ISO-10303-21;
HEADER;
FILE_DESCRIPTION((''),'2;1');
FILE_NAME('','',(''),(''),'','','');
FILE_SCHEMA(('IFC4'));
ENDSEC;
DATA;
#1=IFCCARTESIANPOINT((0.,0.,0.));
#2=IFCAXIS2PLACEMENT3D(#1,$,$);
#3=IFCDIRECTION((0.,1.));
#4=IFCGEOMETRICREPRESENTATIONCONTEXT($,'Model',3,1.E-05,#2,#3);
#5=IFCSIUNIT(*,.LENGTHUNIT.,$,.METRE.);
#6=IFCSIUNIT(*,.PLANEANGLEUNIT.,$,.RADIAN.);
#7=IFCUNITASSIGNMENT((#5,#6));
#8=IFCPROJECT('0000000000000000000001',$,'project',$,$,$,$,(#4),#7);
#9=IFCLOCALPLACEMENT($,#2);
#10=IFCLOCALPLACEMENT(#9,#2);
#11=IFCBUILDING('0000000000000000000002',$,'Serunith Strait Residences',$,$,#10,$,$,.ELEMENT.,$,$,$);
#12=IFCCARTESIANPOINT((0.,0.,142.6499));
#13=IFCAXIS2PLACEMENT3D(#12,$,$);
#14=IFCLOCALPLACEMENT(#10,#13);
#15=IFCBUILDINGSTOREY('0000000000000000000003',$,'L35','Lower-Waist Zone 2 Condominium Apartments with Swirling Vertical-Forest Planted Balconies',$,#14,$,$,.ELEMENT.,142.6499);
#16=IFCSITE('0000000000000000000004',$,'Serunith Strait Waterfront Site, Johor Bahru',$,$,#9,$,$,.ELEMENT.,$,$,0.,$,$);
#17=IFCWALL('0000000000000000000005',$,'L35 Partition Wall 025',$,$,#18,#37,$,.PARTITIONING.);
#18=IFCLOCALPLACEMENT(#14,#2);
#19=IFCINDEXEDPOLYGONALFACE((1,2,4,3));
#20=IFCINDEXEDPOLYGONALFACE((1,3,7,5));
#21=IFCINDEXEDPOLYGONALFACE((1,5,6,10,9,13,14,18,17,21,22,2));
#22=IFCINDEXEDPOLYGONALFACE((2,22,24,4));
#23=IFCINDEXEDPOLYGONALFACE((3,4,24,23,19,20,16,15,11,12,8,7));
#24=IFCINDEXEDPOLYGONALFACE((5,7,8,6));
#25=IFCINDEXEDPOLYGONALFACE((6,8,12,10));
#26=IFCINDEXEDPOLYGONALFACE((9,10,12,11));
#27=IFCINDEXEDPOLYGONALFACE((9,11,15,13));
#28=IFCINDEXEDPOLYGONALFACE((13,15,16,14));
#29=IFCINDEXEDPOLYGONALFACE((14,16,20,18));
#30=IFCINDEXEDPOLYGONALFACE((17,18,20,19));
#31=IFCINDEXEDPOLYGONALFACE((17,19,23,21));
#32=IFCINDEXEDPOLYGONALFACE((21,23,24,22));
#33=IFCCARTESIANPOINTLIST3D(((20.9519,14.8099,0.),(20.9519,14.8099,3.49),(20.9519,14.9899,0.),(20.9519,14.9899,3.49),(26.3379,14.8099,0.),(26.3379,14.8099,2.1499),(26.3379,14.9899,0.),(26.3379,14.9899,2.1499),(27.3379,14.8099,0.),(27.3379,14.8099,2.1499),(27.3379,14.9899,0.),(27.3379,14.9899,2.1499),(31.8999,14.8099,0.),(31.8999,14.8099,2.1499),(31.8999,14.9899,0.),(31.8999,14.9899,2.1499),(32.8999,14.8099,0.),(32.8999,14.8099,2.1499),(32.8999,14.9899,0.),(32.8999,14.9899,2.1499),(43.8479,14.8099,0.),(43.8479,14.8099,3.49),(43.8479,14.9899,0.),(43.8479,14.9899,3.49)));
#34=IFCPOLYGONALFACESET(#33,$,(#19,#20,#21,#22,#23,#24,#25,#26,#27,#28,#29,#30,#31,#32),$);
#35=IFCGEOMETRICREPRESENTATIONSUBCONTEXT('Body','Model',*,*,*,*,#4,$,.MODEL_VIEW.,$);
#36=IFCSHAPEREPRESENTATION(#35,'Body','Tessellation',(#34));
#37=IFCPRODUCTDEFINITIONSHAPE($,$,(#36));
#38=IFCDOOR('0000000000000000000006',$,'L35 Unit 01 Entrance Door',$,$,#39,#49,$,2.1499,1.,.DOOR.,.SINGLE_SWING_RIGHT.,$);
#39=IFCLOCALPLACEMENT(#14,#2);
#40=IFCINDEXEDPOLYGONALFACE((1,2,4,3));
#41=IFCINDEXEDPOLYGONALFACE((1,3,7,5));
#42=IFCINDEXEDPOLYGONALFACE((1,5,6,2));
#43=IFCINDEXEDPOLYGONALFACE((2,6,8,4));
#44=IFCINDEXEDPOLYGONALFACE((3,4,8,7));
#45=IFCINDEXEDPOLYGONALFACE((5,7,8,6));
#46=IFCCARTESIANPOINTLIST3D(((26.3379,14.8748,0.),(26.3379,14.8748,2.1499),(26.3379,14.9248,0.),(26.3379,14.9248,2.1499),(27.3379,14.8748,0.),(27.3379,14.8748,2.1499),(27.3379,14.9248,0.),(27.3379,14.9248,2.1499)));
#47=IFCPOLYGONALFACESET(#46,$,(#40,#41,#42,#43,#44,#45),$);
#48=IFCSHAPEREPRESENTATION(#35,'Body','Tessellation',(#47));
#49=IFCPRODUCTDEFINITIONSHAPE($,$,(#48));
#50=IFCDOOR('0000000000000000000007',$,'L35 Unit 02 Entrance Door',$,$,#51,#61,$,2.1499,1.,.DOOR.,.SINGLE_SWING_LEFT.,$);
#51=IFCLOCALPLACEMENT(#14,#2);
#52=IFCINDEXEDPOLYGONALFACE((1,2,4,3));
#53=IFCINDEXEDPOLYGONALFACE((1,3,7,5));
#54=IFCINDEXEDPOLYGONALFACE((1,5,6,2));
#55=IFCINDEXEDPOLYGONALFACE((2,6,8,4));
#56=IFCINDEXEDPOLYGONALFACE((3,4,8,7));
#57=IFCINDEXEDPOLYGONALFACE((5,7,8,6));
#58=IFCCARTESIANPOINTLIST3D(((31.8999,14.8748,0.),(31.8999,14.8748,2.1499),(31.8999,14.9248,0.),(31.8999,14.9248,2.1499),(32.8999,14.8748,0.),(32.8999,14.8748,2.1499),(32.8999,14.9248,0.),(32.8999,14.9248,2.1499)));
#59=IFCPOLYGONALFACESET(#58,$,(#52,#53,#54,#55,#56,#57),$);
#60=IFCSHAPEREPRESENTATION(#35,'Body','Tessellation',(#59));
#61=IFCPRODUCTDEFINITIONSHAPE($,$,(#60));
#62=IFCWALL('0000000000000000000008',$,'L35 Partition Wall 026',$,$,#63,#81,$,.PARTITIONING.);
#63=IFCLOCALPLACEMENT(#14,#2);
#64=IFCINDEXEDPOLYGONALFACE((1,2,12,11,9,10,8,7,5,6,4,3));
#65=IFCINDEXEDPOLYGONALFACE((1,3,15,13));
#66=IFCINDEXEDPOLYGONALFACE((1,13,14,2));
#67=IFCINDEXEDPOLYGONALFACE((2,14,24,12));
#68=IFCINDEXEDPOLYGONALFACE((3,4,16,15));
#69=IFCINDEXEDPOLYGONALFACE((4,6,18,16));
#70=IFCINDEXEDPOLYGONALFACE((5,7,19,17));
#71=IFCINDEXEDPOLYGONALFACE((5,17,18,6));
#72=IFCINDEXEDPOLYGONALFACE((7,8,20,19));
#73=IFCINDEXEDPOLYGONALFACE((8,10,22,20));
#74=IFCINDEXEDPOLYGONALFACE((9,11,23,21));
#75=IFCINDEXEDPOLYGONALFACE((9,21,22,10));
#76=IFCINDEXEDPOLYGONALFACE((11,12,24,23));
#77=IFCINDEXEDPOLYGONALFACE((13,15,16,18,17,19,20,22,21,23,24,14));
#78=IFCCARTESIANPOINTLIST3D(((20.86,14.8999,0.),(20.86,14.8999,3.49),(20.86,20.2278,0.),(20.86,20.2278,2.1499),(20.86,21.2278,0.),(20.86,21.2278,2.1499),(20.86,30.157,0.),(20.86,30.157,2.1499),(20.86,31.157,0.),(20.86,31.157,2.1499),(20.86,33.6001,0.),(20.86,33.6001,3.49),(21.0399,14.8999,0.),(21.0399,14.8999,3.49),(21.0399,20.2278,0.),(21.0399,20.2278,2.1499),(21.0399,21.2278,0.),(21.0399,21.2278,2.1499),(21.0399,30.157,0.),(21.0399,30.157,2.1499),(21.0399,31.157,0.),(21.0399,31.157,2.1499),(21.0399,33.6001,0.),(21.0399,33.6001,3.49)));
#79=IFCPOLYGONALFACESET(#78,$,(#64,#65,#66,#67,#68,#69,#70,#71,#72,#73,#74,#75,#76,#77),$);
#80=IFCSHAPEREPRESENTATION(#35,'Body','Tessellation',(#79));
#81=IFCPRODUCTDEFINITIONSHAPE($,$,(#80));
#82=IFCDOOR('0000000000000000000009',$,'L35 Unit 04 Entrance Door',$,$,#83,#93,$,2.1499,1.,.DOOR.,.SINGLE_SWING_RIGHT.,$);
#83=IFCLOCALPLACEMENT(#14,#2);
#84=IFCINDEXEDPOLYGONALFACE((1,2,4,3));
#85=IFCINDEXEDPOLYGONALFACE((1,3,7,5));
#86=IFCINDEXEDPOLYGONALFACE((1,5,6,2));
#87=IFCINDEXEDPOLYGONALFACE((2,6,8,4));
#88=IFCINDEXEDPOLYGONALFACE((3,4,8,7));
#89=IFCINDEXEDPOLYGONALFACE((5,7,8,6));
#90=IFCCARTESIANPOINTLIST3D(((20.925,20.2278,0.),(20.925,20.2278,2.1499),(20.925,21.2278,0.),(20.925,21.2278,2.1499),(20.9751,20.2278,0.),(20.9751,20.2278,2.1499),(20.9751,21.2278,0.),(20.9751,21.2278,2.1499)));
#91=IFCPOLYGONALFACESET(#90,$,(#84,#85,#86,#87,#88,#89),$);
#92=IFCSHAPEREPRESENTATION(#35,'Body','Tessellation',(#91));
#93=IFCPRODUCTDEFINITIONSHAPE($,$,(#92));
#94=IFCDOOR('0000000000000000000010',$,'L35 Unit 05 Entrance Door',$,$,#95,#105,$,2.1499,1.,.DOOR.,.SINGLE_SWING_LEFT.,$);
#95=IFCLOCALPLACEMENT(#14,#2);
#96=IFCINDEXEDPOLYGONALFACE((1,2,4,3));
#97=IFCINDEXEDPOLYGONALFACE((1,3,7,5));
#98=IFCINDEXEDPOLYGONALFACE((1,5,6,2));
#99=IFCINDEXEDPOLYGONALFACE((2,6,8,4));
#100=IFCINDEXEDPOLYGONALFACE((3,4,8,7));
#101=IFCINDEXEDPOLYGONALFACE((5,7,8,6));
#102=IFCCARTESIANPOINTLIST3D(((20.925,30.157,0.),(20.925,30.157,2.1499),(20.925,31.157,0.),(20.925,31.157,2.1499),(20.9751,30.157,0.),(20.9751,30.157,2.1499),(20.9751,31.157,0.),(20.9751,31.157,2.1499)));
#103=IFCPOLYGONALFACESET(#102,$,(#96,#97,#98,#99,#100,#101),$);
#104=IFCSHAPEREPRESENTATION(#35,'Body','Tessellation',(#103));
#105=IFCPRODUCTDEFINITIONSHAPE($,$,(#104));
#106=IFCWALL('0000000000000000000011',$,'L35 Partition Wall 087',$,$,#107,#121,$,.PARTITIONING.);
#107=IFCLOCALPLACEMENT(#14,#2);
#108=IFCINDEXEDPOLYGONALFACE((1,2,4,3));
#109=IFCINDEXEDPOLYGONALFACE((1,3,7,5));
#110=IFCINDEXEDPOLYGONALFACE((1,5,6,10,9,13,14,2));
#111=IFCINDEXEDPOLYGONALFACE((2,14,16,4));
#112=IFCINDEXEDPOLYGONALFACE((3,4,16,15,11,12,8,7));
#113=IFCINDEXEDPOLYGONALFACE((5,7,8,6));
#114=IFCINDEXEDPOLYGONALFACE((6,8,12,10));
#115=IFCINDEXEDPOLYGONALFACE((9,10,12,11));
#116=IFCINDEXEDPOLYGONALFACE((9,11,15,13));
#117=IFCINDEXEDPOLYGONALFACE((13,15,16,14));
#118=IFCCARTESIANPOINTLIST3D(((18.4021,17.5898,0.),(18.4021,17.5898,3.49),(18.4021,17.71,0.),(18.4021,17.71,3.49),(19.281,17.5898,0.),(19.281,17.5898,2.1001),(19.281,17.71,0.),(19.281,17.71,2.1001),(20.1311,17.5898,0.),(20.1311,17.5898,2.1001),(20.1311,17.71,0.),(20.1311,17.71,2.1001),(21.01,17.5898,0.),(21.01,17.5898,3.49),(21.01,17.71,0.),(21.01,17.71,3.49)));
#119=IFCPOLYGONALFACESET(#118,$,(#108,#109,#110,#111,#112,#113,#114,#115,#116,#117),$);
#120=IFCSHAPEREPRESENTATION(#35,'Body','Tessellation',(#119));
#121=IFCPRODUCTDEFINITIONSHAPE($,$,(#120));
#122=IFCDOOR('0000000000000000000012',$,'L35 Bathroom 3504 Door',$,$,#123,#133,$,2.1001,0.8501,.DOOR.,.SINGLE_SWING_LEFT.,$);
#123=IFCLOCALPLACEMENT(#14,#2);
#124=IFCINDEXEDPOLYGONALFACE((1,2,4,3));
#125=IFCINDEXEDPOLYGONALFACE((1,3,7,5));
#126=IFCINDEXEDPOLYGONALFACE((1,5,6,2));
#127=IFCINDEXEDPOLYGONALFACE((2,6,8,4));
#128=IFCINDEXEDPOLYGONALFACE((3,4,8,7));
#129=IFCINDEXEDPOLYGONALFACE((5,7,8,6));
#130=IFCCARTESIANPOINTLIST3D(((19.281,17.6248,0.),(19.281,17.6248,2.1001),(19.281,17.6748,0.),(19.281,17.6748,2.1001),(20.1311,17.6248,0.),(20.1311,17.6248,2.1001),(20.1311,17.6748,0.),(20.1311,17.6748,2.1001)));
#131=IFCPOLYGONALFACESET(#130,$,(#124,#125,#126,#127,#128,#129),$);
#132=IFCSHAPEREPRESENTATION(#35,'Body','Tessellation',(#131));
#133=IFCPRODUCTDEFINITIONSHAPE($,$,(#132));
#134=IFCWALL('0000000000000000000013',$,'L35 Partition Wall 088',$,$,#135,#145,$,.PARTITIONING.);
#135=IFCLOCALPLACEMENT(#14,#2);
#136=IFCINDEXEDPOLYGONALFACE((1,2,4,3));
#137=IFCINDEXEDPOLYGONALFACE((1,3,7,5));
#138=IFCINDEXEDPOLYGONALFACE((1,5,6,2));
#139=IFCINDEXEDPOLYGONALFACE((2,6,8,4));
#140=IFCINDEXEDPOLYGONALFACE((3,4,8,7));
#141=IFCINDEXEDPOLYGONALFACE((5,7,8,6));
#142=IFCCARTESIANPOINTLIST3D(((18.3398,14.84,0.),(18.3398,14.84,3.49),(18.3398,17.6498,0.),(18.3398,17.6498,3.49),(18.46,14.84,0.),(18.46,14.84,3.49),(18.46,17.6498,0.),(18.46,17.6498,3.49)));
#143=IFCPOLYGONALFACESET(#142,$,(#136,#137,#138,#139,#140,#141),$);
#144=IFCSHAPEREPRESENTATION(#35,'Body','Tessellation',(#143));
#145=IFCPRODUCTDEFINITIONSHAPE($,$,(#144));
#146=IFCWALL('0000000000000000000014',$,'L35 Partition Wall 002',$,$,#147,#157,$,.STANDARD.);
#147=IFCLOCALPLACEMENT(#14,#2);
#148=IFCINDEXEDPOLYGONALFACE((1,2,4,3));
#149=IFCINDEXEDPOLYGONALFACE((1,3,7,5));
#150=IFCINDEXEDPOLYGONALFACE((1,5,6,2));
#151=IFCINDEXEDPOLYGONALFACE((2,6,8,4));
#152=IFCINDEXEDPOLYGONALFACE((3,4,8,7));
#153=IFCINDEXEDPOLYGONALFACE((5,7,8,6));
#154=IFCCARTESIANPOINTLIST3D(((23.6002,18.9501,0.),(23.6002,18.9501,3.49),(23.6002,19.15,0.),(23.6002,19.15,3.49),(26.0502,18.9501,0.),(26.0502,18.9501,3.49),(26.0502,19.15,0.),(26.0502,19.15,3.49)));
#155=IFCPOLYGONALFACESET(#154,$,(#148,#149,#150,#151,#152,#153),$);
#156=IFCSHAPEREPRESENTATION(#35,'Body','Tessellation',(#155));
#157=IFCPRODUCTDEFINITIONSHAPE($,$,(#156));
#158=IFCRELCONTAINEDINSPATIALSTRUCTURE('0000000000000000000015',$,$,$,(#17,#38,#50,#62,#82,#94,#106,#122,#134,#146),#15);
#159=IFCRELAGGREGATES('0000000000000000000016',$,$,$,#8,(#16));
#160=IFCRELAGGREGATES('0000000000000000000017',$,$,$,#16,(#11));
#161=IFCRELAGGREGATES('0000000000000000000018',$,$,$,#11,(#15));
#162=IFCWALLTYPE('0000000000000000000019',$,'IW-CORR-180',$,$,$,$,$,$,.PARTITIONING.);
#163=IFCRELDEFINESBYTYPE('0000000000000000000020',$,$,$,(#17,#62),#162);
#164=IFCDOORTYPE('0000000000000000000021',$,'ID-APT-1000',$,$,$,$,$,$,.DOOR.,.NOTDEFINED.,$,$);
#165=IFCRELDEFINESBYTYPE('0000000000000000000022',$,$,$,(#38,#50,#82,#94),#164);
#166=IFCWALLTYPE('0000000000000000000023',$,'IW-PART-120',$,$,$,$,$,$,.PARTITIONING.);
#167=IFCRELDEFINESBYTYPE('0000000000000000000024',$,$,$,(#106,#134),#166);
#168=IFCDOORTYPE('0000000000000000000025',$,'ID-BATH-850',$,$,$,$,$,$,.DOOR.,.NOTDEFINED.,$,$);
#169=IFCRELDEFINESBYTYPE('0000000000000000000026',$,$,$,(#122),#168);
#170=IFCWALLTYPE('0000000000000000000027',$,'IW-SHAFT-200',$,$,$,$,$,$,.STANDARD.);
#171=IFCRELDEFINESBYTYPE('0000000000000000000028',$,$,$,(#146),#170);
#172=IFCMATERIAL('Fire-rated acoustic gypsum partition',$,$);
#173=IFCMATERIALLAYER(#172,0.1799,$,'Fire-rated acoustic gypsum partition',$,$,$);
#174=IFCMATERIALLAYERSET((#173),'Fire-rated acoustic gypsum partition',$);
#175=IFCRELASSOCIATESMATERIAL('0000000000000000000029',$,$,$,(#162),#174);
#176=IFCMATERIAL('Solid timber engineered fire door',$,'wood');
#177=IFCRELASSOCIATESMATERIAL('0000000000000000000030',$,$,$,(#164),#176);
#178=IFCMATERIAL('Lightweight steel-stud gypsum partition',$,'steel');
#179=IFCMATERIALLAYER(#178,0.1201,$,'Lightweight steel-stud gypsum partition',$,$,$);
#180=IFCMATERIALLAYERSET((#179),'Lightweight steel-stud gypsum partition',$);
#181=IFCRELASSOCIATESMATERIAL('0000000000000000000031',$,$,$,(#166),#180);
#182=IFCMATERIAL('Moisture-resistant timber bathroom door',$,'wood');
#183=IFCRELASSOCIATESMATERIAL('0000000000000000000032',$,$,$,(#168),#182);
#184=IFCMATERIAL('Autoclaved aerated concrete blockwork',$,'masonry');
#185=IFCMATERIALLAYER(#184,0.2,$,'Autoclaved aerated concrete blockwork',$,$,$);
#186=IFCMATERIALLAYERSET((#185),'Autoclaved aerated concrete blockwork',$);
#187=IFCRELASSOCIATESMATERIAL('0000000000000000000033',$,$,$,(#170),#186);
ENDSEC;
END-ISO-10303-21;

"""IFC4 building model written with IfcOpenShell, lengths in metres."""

from ifc_helpers import new_model, si_unit, direction, frame, frame_2d, origin, place, context, subcontext, project, spatial, rectangle, extrude, source, transform, mapped, material, layer, layer_set, type_object, element, fill, save


model = new_model("IFC4")

# Units and contexts
model_context = context("Model", 3, precision=1e-05, world=origin(), true_north=direction((0.0, 1.0)))
body_context = subcontext(model_context, "Body", "Model", "MODEL_VIEW")
ifc_project = project(units=[si_unit("LENGTHUNIT", "METRE"), si_unit("PLANEANGLEUNIT", "RADIAN")], contexts=[model_context])

# Site, building, storey
site_placement = place(None, origin())
site = spatial("IfcSite", under=ifc_project, at=site_placement, Name="Serunith Strait Waterfront Site, Johor Bahru", CompositionType="ELEMENT", RefElevation=0.0)
building_placement = place(site_placement, origin())
building = spatial("IfcBuilding", under=site, at=building_placement, Name="Serunith Strait Residences", CompositionType="ELEMENT")
storey_placement = place(building_placement, frame((0.0, 0.0, 142.6499)))
storey = spatial("IfcBuildingStorey", under=building, at=storey_placement, Name="L35", Description="Lower-Waist Zone 2 Condominium Apartments with Swirling Vertical-Forest Planted Balconies", CompositionType="ELEMENT", Elevation=142.6499)

# Walls, openings, doors
ifc_material_1 = material(Name="Fire-rated acoustic gypsum partition")
ifc_layer_1 = layer(ifc_material_1, 0.1799, Name="Fire-rated acoustic gypsum partition")
ifc_layer_set_1 = layer_set([ifc_layer_1], Name="Fire-rated acoustic gypsum partition")
wall_type_1 = type_object("IfcWallType", Name="IW-CORR-180", PredefinedType="PARTITIONING", material=ifc_layer_set_1)
wall_1_placement = place(storey_placement, frame((20.9519, 14.8999, 0.0), z_axis=(0.0, 0.0, 1.0), x_axis=(1.0, 0.0, 0.0)))
wall_1 = element("IfcWall", 1, at=wall_1_placement, inside=storey, type_object=wall_type_1, Name="L35 Partition Wall 025", PredefinedType="PARTITIONING", context=body_context, shape_type="SweptSolid", body=[
    extrude(rectangle(XDim=22.896, YDim=0.1799, at=frame_2d((11.448, 0.0))), origin(), (0.0, 0.0, 1.0), 3.49),
])
opening_1_placement = place(wall_1_placement, frame((5.386, 0.0, 0.0)))
opening_1 = element("IfcOpeningElement", 2, at=opening_1_placement, cuts=wall_1, PredefinedType="OPENING", context=body_context, shape_type="SweptSolid", body=[
    extrude(rectangle(XDim=1.0, YDim=2.1499, at=frame_2d((0.5, 1.075))), frame((0.0, 0.1001, 0.0), z_axis=(0.0, -1.0, 0.0), x_axis=(1.0, 0.0, 0.0)), (0.0, 0.0, 1.0), 0.2),
])
opening_2_placement = place(wall_1_placement, frame((10.948, 0.0, 0.0)))
opening_2 = element("IfcOpeningElement", 3, at=opening_2_placement, cuts=wall_1, PredefinedType="OPENING", context=body_context, shape_type="SweptSolid", body=[
    extrude(rectangle(XDim=1.0, YDim=2.1499, at=frame_2d((0.5, 1.075))), frame((0.0, 0.1001, 0.0), z_axis=(0.0, -1.0, 0.0), x_axis=(1.0, 0.0, 0.0)), (0.0, 0.0, 1.0), 0.2),
])
ifc_material_2 = material(Name="Solid timber engineered fire door", Category="wood")
door_type_1 = type_object("IfcDoorType", Name="ID-APT-1000", OperationType="NOTDEFINED", PredefinedType="DOOR", material=ifc_material_2)
shared_shape_1 = source(origin(), body_context, "Body", "SweptSolid", [
    extrude(rectangle(XDim=1.0, YDim=2.1499, at=frame_2d((0.5, 1.075))), frame((0.0, 0.0249, 0.0), z_axis=(0.0, -1.0, 0.0), x_axis=(1.0, 0.0, 0.0)), (0.0, 0.0, 1.0), 0.05),
])
door_1_placement = place(opening_1_placement, origin())
door_1 = element("IfcDoor", 4, at=door_1_placement, inside=storey, type_object=door_type_1, Name="L35 Unit 01 Entrance Door", OperationType="SINGLE_SWING_RIGHT", OverallHeight=2.1499, OverallWidth=1.0, PredefinedType="DOOR", context=body_context, shape_type="MappedRepresentation", body=[
    mapped(shared_shape_1, transform((0.0, 0.0, 0.0), scale=1.0)),
])
fill(opening_1, door_1)
door_2_placement = place(opening_2_placement, origin())
door_2 = element("IfcDoor", 5, at=door_2_placement, inside=storey, type_object=door_type_1, Name="L35 Unit 02 Entrance Door", OperationType="SINGLE_SWING_LEFT", OverallHeight=2.1499, OverallWidth=1.0, PredefinedType="DOOR", context=body_context, shape_type="MappedRepresentation", body=[
    mapped(shared_shape_1, transform((0.0, 0.0, 0.0), scale=1.0)),
])
fill(opening_2, door_2)
wall_2_placement = place(storey_placement, frame((20.95, 14.8999, 0.0), z_axis=(0.0, 0.0, 1.0), x_axis=(0.0, 1.0, 0.0)))
wall_2 = element("IfcWall", 6, at=wall_2_placement, inside=storey, type_object=wall_type_1, Name="L35 Partition Wall 026", PredefinedType="PARTITIONING", context=body_context, shape_type="SweptSolid", body=[
    extrude(rectangle(XDim=18.7002, YDim=0.1799, at=frame_2d((9.3501, 0.0))), origin(), (0.0, 0.0, 1.0), 3.49),
])
opening_3_placement = place(wall_2_placement, frame((5.3279, 0.0, 0.0)))
opening_3 = element("IfcOpeningElement", 7, at=opening_3_placement, cuts=wall_2, PredefinedType="OPENING", context=body_context, shape_type="SweptSolid", body=[
    extrude(rectangle(XDim=1.0, YDim=2.1499, at=frame_2d((0.5, 1.075))), frame((0.0, 0.1001, 0.0), z_axis=(0.0, -1.0, 0.0), x_axis=(1.0, 0.0, 0.0)), (0.0, 0.0, 1.0), 0.2),
])
opening_4_placement = place(wall_2_placement, frame((15.2571, 0.0, 0.0)))
opening_4 = element("IfcOpeningElement", 8, at=opening_4_placement, cuts=wall_2, PredefinedType="OPENING", context=body_context, shape_type="SweptSolid", body=[
    extrude(rectangle(XDim=1.0, YDim=2.1499, at=frame_2d((0.5, 1.075))), frame((0.0, 0.1001, 0.0), z_axis=(0.0, -1.0, 0.0), x_axis=(1.0, 0.0, 0.0)), (0.0, 0.0, 1.0), 0.2),
])
door_3_placement = place(opening_3_placement, origin())
door_3 = element("IfcDoor", 9, at=door_3_placement, inside=storey, type_object=door_type_1, Name="L35 Unit 04 Entrance Door", OperationType="SINGLE_SWING_RIGHT", OverallHeight=2.1499, OverallWidth=1.0, PredefinedType="DOOR", context=body_context, shape_type="MappedRepresentation", body=[
    mapped(shared_shape_1, transform((0.0, 0.0, 0.0), scale=1.0)),
])
fill(opening_3, door_3)
door_4_placement = place(opening_4_placement, origin())
door_4 = element("IfcDoor", 10, at=door_4_placement, inside=storey, type_object=door_type_1, Name="L35 Unit 05 Entrance Door", OperationType="SINGLE_SWING_LEFT", OverallHeight=2.1499, OverallWidth=1.0, PredefinedType="DOOR", context=body_context, shape_type="MappedRepresentation", body=[
    mapped(shared_shape_1, transform((0.0, 0.0, 0.0), scale=1.0)),
])
fill(opening_4, door_4)

# Wall, opening, door
ifc_material_3 = material(Name="Lightweight steel-stud gypsum partition", Category="steel")
ifc_layer_2 = layer(ifc_material_3, 0.1201, Name="Lightweight steel-stud gypsum partition")
ifc_layer_set_2 = layer_set([ifc_layer_2], Name="Lightweight steel-stud gypsum partition")
wall_type_2 = type_object("IfcWallType", Name="IW-PART-120", PredefinedType="PARTITIONING", material=ifc_layer_set_2)
wall_3_placement = place(storey_placement, frame((18.4021, 17.6499, 0.0), z_axis=(0.0, 0.0, 1.0), x_axis=(1.0, 0.0, 0.0)))
wall_3 = element("IfcWall", 11, at=wall_3_placement, inside=storey, type_object=wall_type_2, Name="L35 Partition Wall 087", PredefinedType="PARTITIONING", context=body_context, shape_type="SweptSolid", body=[
    extrude(rectangle(XDim=2.6079, YDim=0.1201, at=frame_2d((1.304, 0.0))), origin(), (0.0, 0.0, 1.0), 3.49),
])
opening_5_placement = place(wall_3_placement, frame((0.8789, 0.0, 0.0)))
opening_5 = element("IfcOpeningElement", 12, at=opening_5_placement, cuts=wall_3, PredefinedType="OPENING", context=body_context, shape_type="SweptSolid", body=[
    extrude(rectangle(XDim=0.8501, YDim=2.1001, at=frame_2d((0.425, 1.05))), frame((0.0, 0.0701, 0.0), z_axis=(0.0, -1.0, 0.0), x_axis=(1.0, 0.0, 0.0)), (0.0, 0.0, 1.0), 0.1401),
])
ifc_material_4 = material(Name="Moisture-resistant timber bathroom door", Category="wood")
door_type_2 = type_object("IfcDoorType", Name="ID-BATH-850", OperationType="NOTDEFINED", PredefinedType="DOOR", material=ifc_material_4)
shared_shape_2 = source(origin(), body_context, "Body", "SweptSolid", [
    extrude(rectangle(XDim=0.8501, YDim=2.1001, at=frame_2d((0.425, 1.05))), frame((0.0, 0.0249, 0.0), z_axis=(0.0, -1.0, 0.0), x_axis=(1.0, 0.0, 0.0)), (0.0, 0.0, 1.0), 0.05),
])
door_5_placement = place(opening_5_placement, origin())
door_5 = element("IfcDoor", 13, at=door_5_placement, inside=storey, type_object=door_type_2, Name="L35 Bathroom 3504 Door", OperationType="SINGLE_SWING_LEFT", OverallHeight=2.1001, OverallWidth=0.8501, PredefinedType="DOOR", context=body_context, shape_type="MappedRepresentation", body=[
    mapped(shared_shape_2, transform((0.0, 0.0, 0.0), scale=1.0)),
])
fill(opening_5, door_5)

# Walls
wall_4_placement = place(storey_placement, frame((18.3999, 14.8401, 0.0), z_axis=(0.0, 0.0, 1.0), x_axis=(0.0, 1.0, 0.0)))
element("IfcWall", 14, at=wall_4_placement, inside=storey, type_object=wall_type_2, Name="L35 Partition Wall 088", PredefinedType="PARTITIONING", context=body_context, shape_type="SweptSolid", body=[
    extrude(rectangle(XDim=2.8098, YDim=0.1201, at=frame_2d((1.4048, 0.0))), origin(), (0.0, 0.0, 1.0), 3.49),
])
ifc_material_5 = material(Name="Autoclaved aerated concrete blockwork", Category="masonry")
ifc_layer_3 = layer(ifc_material_5, 0.2, Name="Autoclaved aerated concrete blockwork")
ifc_layer_set_3 = layer_set([ifc_layer_3], Name="Autoclaved aerated concrete blockwork")
wall_type_3 = type_object("IfcWallType", Name="IW-SHAFT-200", PredefinedType="STANDARD", material=ifc_layer_set_3)
wall_5_placement = place(storey_placement, frame((23.6001, 19.05, 0.0), z_axis=(0.0, 0.0, 1.0), x_axis=(1.0, 0.0, 0.0)))
element("IfcWall", 15, at=wall_5_placement, inside=storey, type_object=wall_type_3, Name="L35 Partition Wall 002", PredefinedType="STANDARD", context=body_context, shape_type="SweptSolid", body=[
    extrude(rectangle(XDim=2.45, YDim=0.2, at=frame_2d((1.2251, 0.0))), origin(), (0.0, 0.0, 1.0), 3.49),
])

save(model, "model.ifc")
